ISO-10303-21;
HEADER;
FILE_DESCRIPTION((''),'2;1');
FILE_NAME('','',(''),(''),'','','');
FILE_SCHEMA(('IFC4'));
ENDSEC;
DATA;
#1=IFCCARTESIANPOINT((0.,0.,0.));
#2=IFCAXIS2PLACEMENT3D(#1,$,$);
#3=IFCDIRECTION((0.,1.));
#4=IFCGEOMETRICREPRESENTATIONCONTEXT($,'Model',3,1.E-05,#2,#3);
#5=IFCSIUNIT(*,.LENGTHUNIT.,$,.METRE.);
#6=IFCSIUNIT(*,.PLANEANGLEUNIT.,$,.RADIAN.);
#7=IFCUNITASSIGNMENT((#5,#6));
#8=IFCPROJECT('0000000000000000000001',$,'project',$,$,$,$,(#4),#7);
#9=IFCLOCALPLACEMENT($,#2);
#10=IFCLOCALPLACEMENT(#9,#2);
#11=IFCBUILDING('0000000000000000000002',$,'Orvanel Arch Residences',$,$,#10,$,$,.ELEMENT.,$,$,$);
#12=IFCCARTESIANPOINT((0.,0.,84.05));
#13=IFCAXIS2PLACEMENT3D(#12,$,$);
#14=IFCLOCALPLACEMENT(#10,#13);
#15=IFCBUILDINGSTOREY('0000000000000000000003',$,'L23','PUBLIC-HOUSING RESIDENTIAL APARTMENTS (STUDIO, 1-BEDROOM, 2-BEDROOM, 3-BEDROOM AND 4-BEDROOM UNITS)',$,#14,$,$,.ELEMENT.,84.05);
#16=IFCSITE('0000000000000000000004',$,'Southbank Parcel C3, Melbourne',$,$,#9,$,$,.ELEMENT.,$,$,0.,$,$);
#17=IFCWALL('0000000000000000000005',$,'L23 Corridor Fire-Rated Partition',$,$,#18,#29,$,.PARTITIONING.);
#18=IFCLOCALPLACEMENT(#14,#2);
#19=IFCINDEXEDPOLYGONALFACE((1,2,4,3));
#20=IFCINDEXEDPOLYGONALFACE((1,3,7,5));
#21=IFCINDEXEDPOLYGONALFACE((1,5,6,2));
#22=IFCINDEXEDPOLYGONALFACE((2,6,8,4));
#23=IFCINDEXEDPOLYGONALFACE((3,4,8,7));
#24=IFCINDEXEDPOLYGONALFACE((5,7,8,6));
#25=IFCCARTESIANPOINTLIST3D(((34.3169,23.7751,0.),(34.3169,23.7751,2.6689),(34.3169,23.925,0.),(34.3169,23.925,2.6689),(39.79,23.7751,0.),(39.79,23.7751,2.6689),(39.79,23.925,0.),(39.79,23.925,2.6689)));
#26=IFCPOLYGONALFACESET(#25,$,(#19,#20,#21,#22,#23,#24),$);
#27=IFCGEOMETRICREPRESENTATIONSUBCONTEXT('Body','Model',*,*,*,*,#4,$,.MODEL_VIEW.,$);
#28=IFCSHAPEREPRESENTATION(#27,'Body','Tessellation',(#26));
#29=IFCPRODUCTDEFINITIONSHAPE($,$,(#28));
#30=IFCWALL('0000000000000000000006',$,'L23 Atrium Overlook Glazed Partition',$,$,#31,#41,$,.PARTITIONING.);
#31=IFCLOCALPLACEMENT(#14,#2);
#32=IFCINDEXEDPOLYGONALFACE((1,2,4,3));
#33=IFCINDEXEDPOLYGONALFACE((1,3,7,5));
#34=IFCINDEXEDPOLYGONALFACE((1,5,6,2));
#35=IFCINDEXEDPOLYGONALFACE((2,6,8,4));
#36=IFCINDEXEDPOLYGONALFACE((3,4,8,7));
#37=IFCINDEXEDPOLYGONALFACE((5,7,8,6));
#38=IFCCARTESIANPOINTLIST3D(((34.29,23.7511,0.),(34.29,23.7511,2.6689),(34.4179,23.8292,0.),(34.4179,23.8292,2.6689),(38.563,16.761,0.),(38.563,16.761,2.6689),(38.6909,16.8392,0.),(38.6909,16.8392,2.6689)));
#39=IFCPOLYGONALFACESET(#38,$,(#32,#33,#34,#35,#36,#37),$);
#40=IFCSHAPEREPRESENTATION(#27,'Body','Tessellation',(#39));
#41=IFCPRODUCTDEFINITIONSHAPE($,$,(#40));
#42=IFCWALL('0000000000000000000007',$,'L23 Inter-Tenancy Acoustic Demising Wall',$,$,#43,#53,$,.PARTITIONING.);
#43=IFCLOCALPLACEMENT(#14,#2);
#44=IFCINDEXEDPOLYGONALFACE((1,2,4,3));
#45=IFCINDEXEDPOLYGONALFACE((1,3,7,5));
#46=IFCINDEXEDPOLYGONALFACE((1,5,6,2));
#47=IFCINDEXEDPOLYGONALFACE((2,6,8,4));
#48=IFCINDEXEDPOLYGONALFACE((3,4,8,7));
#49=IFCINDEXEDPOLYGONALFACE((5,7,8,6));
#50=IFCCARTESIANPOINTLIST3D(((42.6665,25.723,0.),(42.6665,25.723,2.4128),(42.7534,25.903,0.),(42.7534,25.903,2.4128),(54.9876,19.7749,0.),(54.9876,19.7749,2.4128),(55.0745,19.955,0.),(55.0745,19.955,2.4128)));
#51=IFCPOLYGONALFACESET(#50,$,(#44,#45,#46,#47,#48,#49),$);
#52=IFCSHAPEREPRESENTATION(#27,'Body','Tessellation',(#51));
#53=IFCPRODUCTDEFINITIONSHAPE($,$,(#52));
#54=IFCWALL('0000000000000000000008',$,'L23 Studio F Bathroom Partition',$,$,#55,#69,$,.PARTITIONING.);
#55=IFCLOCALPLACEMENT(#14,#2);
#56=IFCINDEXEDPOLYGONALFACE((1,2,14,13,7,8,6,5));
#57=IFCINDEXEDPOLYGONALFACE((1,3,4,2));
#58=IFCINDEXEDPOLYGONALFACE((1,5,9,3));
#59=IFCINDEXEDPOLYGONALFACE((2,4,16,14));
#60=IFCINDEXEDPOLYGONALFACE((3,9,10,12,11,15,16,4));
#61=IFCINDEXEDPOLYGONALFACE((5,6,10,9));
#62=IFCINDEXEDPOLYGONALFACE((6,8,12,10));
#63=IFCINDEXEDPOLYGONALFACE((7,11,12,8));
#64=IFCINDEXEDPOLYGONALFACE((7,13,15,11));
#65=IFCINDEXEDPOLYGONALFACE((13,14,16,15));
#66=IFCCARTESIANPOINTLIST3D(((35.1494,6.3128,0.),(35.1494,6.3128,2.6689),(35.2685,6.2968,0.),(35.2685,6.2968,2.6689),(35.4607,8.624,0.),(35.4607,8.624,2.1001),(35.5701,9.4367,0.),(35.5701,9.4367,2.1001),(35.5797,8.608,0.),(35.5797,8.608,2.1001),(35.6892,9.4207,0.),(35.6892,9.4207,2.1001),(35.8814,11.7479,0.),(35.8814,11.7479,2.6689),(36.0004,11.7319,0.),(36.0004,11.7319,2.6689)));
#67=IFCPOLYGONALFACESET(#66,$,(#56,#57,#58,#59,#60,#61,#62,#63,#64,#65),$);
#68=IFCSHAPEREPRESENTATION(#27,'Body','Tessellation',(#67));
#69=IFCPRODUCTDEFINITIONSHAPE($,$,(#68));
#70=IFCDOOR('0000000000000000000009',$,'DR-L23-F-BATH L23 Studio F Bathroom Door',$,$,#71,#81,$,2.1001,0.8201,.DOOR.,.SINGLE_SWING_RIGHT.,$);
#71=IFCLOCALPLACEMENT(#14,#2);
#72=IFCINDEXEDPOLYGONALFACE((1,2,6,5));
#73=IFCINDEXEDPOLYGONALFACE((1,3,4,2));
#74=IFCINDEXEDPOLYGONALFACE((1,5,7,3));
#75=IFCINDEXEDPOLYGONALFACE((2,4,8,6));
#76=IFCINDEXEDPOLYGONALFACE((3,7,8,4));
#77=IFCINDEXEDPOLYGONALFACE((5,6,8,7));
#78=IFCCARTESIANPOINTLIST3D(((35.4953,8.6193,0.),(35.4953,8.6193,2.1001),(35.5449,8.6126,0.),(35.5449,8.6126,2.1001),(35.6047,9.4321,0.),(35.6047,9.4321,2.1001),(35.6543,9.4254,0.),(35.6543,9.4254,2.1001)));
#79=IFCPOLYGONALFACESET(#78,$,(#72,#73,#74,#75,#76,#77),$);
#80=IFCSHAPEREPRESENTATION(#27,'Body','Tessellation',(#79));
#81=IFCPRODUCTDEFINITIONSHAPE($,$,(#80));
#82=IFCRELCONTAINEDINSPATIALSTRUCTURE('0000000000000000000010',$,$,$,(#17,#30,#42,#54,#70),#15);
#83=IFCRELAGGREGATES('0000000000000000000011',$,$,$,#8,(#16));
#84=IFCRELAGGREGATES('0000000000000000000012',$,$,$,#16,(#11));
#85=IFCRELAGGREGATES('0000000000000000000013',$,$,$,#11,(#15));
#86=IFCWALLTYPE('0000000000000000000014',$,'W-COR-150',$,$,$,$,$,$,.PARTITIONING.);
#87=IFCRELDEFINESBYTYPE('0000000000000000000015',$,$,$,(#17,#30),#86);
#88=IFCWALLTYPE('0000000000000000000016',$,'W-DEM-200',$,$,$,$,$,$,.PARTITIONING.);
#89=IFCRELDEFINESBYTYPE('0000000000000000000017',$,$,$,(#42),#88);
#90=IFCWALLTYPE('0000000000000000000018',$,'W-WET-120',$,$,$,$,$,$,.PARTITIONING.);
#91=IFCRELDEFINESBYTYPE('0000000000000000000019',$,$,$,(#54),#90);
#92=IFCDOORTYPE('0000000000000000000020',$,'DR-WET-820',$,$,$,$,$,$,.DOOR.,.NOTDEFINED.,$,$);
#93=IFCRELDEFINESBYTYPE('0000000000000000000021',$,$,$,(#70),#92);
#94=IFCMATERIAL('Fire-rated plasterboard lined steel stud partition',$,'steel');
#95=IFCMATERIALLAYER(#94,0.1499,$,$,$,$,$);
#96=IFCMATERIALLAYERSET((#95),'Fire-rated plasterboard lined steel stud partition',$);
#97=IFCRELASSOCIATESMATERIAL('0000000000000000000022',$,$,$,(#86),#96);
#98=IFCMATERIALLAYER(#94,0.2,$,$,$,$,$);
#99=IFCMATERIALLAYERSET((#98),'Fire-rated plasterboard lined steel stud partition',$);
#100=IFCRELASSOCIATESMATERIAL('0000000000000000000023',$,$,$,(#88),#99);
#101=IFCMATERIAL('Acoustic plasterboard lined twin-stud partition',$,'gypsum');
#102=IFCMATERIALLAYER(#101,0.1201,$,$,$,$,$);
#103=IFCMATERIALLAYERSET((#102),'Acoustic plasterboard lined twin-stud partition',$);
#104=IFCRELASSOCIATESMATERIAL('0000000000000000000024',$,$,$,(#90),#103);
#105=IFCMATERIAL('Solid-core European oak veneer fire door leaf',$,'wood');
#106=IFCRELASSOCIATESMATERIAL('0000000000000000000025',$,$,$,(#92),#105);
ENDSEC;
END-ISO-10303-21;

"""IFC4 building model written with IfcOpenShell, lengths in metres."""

from ifc_helpers import new_model, si_unit, direction, frame, frame_2d, origin, place, context, subcontext, project, spatial, rectangle, extrude, material, layer, layer_set, type_object, element, fill, save


model = new_model("IFC4")

# Units and contexts
model_context = context("Model", 3, precision=1e-05, world=origin(), true_north=direction((0.0, 1.0)))
body_context = subcontext(model_context, "Body", "Model", "MODEL_VIEW")
ifc_project = project(units=[si_unit("LENGTHUNIT", "METRE"), si_unit("PLANEANGLEUNIT", "RADIAN")], contexts=[model_context])

# Site, building, storey
site_placement = place(None, origin())
site = spatial("IfcSite", under=ifc_project, at=site_placement, Name="Southbank Parcel C3, Melbourne", CompositionType="ELEMENT", RefElevation=0.0)
building_placement = place(site_placement, origin())
building = spatial("IfcBuilding", under=site, at=building_placement, Name="Orvanel Arch Residences", CompositionType="ELEMENT")
storey_placement = place(building_placement, frame((0.0, 0.0, 84.05)))
storey = spatial("IfcBuildingStorey", under=building, at=storey_placement, Name="L23", Description="PUBLIC-HOUSING RESIDENTIAL APARTMENTS (STUDIO, 1-BEDROOM, 2-BEDROOM, 3-BEDROOM AND 4-BEDROOM UNITS)", CompositionType="ELEMENT", Elevation=84.05)

# Shared definitions
ifc_material_1 = material(Name="Fire-rated plasterboard lined steel stud partition", Category="steel")
ifc_layer_1 = layer(ifc_material_1, 0.1499)
ifc_layer_set_1 = layer_set([ifc_layer_1], Name="Fire-rated plasterboard lined steel stud partition")
wall_type_1 = type_object("IfcWallType", Name="W-COR-150", PredefinedType="PARTITIONING", material=ifc_layer_set_1)
ifc_material_2 = material(Name="Solid-core European oak veneer fire door leaf", Category="wood")

# Walls
wall_1_placement = place(storey_placement, frame((39.79, 23.8501, 0.0), z_axis=(0.0, 0.0, 1.0), x_axis=(-1.0, 0.0, 0.0)))
element("IfcWall", 1, at=wall_1_placement, inside=storey, type_object=wall_type_1, Name="L23 Corridor Fire-Rated Partition", PredefinedType="PARTITIONING", context=body_context, shape_type="SweptSolid", body=[
    extrude(rectangle(XDim=5.4731, YDim=0.1499, at=frame_2d((2.7366, 0.0))), origin(), (0.0, 0.0, 1.0), 2.6689),
])
wall_2_placement = place(storey_placement, frame((34.354, 23.79, 0.0), z_axis=(0.0, 0.0, 1.0), x_axis=(0.521565, -0.853212, 0.0)))
element("IfcWall", 2, at=wall_2_placement, inside=storey, type_object=wall_type_1, Name="L23 Atrium Overlook Glazed Partition", PredefinedType="PARTITIONING", context=body_context, shape_type="SweptSolid", body=[
    extrude(rectangle(XDim=8.1926, YDim=0.1499, at=frame_2d((4.0962, 0.0))), origin(), (0.0, 0.0, 1.0), 2.6689),
])
ifc_layer_2 = layer(ifc_material_1, 0.2)
ifc_layer_set_2 = layer_set([ifc_layer_2], Name="Fire-rated plasterboard lined steel stud partition")
wall_type_2 = type_object("IfcWallType", Name="W-DEM-200", PredefinedType="PARTITIONING", material=ifc_layer_set_2)
wall_3_placement = place(storey_placement, frame((42.71, 25.813, 0.0), z_axis=(0.0, 0.0, 1.0), x_axis=(0.900554, -0.434744, 0.0)))
element("IfcWall", 3, at=wall_3_placement, inside=storey, type_object=wall_type_2, Name="L23 Inter-Tenancy Acoustic Demising Wall", PredefinedType="PARTITIONING", context=body_context, shape_type="SweptSolid", body=[
    extrude(rectangle(XDim=13.6816, YDim=0.2, at=frame_2d((6.8408, 0.0))), origin(), (0.0, 0.0, 1.0), 2.4128),
])

# Wall, opening, door
ifc_material_3 = material(Name="Acoustic plasterboard lined twin-stud partition", Category="gypsum")
ifc_layer_3 = layer(ifc_material_3, 0.1201)
ifc_layer_set_3 = layer_set([ifc_layer_3], Name="Acoustic plasterboard lined twin-stud partition")
wall_type_3 = type_object("IfcWallType", Name="W-WET-120", PredefinedType="PARTITIONING", material=ifc_layer_set_3)
wall_4_placement = place(storey_placement, frame((35.9409, 11.74, 0.0), z_axis=(0.0, 0.0, 1.0), x_axis=(-0.133464, -0.991054, 0.0)))
wall_4 = element("IfcWall", 4, at=wall_4_placement, inside=storey, type_object=wall_type_3, Name="L23 Studio F Bathroom Partition", PredefinedType="PARTITIONING", context=body_context, shape_type="SweptSolid", body=[
    extrude(rectangle(XDim=5.4841, YDim=0.1201, at=frame_2d((2.7422, 0.0))), origin(), (0.0, 0.0, 1.0), 2.6689),
])
opening_1_placement = place(wall_4_placement, frame((2.332, 0.0, 0.0)))
opening_1 = element("IfcOpeningElement", 5, at=opening_1_placement, cuts=wall_4, PredefinedType="OPENING", context=body_context, shape_type="SweptSolid", body=[
    extrude(rectangle(XDim=0.8201, YDim=2.1001, at=frame_2d((0.4102, 1.05))), frame((0.0, 0.0701, 0.0), z_axis=(0.0, -1.0, 0.0), x_axis=(1.0, 0.0, 0.0)), (0.0, 0.0, 1.0), 0.1401),
])
door_type_1 = type_object("IfcDoorType", Name="DR-WET-820", OperationType="NOTDEFINED", PredefinedType="DOOR", material=ifc_material_2)
door_1_placement = place(opening_1_placement, origin())
door_1 = element("IfcDoor", 6, at=door_1_placement, inside=storey, type_object=door_type_1, Name="DR-L23-F-BATH L23 Studio F Bathroom Door", OperationType="SINGLE_SWING_RIGHT", OverallHeight=2.1001, OverallWidth=0.8201, PredefinedType="DOOR", context=body_context, shape_type="SweptSolid", body=[
    extrude(rectangle(XDim=0.8201, YDim=2.1001, at=frame_2d((0.4102, 1.05))), frame((0.0, 0.0249, 0.0), z_axis=(0.0, -1.0, 0.0), x_axis=(1.0, 0.0, 0.0)), (0.0, 0.0, 1.0), 0.05),
])
fill(opening_1, door_1)

save(model, "model.ifc")
